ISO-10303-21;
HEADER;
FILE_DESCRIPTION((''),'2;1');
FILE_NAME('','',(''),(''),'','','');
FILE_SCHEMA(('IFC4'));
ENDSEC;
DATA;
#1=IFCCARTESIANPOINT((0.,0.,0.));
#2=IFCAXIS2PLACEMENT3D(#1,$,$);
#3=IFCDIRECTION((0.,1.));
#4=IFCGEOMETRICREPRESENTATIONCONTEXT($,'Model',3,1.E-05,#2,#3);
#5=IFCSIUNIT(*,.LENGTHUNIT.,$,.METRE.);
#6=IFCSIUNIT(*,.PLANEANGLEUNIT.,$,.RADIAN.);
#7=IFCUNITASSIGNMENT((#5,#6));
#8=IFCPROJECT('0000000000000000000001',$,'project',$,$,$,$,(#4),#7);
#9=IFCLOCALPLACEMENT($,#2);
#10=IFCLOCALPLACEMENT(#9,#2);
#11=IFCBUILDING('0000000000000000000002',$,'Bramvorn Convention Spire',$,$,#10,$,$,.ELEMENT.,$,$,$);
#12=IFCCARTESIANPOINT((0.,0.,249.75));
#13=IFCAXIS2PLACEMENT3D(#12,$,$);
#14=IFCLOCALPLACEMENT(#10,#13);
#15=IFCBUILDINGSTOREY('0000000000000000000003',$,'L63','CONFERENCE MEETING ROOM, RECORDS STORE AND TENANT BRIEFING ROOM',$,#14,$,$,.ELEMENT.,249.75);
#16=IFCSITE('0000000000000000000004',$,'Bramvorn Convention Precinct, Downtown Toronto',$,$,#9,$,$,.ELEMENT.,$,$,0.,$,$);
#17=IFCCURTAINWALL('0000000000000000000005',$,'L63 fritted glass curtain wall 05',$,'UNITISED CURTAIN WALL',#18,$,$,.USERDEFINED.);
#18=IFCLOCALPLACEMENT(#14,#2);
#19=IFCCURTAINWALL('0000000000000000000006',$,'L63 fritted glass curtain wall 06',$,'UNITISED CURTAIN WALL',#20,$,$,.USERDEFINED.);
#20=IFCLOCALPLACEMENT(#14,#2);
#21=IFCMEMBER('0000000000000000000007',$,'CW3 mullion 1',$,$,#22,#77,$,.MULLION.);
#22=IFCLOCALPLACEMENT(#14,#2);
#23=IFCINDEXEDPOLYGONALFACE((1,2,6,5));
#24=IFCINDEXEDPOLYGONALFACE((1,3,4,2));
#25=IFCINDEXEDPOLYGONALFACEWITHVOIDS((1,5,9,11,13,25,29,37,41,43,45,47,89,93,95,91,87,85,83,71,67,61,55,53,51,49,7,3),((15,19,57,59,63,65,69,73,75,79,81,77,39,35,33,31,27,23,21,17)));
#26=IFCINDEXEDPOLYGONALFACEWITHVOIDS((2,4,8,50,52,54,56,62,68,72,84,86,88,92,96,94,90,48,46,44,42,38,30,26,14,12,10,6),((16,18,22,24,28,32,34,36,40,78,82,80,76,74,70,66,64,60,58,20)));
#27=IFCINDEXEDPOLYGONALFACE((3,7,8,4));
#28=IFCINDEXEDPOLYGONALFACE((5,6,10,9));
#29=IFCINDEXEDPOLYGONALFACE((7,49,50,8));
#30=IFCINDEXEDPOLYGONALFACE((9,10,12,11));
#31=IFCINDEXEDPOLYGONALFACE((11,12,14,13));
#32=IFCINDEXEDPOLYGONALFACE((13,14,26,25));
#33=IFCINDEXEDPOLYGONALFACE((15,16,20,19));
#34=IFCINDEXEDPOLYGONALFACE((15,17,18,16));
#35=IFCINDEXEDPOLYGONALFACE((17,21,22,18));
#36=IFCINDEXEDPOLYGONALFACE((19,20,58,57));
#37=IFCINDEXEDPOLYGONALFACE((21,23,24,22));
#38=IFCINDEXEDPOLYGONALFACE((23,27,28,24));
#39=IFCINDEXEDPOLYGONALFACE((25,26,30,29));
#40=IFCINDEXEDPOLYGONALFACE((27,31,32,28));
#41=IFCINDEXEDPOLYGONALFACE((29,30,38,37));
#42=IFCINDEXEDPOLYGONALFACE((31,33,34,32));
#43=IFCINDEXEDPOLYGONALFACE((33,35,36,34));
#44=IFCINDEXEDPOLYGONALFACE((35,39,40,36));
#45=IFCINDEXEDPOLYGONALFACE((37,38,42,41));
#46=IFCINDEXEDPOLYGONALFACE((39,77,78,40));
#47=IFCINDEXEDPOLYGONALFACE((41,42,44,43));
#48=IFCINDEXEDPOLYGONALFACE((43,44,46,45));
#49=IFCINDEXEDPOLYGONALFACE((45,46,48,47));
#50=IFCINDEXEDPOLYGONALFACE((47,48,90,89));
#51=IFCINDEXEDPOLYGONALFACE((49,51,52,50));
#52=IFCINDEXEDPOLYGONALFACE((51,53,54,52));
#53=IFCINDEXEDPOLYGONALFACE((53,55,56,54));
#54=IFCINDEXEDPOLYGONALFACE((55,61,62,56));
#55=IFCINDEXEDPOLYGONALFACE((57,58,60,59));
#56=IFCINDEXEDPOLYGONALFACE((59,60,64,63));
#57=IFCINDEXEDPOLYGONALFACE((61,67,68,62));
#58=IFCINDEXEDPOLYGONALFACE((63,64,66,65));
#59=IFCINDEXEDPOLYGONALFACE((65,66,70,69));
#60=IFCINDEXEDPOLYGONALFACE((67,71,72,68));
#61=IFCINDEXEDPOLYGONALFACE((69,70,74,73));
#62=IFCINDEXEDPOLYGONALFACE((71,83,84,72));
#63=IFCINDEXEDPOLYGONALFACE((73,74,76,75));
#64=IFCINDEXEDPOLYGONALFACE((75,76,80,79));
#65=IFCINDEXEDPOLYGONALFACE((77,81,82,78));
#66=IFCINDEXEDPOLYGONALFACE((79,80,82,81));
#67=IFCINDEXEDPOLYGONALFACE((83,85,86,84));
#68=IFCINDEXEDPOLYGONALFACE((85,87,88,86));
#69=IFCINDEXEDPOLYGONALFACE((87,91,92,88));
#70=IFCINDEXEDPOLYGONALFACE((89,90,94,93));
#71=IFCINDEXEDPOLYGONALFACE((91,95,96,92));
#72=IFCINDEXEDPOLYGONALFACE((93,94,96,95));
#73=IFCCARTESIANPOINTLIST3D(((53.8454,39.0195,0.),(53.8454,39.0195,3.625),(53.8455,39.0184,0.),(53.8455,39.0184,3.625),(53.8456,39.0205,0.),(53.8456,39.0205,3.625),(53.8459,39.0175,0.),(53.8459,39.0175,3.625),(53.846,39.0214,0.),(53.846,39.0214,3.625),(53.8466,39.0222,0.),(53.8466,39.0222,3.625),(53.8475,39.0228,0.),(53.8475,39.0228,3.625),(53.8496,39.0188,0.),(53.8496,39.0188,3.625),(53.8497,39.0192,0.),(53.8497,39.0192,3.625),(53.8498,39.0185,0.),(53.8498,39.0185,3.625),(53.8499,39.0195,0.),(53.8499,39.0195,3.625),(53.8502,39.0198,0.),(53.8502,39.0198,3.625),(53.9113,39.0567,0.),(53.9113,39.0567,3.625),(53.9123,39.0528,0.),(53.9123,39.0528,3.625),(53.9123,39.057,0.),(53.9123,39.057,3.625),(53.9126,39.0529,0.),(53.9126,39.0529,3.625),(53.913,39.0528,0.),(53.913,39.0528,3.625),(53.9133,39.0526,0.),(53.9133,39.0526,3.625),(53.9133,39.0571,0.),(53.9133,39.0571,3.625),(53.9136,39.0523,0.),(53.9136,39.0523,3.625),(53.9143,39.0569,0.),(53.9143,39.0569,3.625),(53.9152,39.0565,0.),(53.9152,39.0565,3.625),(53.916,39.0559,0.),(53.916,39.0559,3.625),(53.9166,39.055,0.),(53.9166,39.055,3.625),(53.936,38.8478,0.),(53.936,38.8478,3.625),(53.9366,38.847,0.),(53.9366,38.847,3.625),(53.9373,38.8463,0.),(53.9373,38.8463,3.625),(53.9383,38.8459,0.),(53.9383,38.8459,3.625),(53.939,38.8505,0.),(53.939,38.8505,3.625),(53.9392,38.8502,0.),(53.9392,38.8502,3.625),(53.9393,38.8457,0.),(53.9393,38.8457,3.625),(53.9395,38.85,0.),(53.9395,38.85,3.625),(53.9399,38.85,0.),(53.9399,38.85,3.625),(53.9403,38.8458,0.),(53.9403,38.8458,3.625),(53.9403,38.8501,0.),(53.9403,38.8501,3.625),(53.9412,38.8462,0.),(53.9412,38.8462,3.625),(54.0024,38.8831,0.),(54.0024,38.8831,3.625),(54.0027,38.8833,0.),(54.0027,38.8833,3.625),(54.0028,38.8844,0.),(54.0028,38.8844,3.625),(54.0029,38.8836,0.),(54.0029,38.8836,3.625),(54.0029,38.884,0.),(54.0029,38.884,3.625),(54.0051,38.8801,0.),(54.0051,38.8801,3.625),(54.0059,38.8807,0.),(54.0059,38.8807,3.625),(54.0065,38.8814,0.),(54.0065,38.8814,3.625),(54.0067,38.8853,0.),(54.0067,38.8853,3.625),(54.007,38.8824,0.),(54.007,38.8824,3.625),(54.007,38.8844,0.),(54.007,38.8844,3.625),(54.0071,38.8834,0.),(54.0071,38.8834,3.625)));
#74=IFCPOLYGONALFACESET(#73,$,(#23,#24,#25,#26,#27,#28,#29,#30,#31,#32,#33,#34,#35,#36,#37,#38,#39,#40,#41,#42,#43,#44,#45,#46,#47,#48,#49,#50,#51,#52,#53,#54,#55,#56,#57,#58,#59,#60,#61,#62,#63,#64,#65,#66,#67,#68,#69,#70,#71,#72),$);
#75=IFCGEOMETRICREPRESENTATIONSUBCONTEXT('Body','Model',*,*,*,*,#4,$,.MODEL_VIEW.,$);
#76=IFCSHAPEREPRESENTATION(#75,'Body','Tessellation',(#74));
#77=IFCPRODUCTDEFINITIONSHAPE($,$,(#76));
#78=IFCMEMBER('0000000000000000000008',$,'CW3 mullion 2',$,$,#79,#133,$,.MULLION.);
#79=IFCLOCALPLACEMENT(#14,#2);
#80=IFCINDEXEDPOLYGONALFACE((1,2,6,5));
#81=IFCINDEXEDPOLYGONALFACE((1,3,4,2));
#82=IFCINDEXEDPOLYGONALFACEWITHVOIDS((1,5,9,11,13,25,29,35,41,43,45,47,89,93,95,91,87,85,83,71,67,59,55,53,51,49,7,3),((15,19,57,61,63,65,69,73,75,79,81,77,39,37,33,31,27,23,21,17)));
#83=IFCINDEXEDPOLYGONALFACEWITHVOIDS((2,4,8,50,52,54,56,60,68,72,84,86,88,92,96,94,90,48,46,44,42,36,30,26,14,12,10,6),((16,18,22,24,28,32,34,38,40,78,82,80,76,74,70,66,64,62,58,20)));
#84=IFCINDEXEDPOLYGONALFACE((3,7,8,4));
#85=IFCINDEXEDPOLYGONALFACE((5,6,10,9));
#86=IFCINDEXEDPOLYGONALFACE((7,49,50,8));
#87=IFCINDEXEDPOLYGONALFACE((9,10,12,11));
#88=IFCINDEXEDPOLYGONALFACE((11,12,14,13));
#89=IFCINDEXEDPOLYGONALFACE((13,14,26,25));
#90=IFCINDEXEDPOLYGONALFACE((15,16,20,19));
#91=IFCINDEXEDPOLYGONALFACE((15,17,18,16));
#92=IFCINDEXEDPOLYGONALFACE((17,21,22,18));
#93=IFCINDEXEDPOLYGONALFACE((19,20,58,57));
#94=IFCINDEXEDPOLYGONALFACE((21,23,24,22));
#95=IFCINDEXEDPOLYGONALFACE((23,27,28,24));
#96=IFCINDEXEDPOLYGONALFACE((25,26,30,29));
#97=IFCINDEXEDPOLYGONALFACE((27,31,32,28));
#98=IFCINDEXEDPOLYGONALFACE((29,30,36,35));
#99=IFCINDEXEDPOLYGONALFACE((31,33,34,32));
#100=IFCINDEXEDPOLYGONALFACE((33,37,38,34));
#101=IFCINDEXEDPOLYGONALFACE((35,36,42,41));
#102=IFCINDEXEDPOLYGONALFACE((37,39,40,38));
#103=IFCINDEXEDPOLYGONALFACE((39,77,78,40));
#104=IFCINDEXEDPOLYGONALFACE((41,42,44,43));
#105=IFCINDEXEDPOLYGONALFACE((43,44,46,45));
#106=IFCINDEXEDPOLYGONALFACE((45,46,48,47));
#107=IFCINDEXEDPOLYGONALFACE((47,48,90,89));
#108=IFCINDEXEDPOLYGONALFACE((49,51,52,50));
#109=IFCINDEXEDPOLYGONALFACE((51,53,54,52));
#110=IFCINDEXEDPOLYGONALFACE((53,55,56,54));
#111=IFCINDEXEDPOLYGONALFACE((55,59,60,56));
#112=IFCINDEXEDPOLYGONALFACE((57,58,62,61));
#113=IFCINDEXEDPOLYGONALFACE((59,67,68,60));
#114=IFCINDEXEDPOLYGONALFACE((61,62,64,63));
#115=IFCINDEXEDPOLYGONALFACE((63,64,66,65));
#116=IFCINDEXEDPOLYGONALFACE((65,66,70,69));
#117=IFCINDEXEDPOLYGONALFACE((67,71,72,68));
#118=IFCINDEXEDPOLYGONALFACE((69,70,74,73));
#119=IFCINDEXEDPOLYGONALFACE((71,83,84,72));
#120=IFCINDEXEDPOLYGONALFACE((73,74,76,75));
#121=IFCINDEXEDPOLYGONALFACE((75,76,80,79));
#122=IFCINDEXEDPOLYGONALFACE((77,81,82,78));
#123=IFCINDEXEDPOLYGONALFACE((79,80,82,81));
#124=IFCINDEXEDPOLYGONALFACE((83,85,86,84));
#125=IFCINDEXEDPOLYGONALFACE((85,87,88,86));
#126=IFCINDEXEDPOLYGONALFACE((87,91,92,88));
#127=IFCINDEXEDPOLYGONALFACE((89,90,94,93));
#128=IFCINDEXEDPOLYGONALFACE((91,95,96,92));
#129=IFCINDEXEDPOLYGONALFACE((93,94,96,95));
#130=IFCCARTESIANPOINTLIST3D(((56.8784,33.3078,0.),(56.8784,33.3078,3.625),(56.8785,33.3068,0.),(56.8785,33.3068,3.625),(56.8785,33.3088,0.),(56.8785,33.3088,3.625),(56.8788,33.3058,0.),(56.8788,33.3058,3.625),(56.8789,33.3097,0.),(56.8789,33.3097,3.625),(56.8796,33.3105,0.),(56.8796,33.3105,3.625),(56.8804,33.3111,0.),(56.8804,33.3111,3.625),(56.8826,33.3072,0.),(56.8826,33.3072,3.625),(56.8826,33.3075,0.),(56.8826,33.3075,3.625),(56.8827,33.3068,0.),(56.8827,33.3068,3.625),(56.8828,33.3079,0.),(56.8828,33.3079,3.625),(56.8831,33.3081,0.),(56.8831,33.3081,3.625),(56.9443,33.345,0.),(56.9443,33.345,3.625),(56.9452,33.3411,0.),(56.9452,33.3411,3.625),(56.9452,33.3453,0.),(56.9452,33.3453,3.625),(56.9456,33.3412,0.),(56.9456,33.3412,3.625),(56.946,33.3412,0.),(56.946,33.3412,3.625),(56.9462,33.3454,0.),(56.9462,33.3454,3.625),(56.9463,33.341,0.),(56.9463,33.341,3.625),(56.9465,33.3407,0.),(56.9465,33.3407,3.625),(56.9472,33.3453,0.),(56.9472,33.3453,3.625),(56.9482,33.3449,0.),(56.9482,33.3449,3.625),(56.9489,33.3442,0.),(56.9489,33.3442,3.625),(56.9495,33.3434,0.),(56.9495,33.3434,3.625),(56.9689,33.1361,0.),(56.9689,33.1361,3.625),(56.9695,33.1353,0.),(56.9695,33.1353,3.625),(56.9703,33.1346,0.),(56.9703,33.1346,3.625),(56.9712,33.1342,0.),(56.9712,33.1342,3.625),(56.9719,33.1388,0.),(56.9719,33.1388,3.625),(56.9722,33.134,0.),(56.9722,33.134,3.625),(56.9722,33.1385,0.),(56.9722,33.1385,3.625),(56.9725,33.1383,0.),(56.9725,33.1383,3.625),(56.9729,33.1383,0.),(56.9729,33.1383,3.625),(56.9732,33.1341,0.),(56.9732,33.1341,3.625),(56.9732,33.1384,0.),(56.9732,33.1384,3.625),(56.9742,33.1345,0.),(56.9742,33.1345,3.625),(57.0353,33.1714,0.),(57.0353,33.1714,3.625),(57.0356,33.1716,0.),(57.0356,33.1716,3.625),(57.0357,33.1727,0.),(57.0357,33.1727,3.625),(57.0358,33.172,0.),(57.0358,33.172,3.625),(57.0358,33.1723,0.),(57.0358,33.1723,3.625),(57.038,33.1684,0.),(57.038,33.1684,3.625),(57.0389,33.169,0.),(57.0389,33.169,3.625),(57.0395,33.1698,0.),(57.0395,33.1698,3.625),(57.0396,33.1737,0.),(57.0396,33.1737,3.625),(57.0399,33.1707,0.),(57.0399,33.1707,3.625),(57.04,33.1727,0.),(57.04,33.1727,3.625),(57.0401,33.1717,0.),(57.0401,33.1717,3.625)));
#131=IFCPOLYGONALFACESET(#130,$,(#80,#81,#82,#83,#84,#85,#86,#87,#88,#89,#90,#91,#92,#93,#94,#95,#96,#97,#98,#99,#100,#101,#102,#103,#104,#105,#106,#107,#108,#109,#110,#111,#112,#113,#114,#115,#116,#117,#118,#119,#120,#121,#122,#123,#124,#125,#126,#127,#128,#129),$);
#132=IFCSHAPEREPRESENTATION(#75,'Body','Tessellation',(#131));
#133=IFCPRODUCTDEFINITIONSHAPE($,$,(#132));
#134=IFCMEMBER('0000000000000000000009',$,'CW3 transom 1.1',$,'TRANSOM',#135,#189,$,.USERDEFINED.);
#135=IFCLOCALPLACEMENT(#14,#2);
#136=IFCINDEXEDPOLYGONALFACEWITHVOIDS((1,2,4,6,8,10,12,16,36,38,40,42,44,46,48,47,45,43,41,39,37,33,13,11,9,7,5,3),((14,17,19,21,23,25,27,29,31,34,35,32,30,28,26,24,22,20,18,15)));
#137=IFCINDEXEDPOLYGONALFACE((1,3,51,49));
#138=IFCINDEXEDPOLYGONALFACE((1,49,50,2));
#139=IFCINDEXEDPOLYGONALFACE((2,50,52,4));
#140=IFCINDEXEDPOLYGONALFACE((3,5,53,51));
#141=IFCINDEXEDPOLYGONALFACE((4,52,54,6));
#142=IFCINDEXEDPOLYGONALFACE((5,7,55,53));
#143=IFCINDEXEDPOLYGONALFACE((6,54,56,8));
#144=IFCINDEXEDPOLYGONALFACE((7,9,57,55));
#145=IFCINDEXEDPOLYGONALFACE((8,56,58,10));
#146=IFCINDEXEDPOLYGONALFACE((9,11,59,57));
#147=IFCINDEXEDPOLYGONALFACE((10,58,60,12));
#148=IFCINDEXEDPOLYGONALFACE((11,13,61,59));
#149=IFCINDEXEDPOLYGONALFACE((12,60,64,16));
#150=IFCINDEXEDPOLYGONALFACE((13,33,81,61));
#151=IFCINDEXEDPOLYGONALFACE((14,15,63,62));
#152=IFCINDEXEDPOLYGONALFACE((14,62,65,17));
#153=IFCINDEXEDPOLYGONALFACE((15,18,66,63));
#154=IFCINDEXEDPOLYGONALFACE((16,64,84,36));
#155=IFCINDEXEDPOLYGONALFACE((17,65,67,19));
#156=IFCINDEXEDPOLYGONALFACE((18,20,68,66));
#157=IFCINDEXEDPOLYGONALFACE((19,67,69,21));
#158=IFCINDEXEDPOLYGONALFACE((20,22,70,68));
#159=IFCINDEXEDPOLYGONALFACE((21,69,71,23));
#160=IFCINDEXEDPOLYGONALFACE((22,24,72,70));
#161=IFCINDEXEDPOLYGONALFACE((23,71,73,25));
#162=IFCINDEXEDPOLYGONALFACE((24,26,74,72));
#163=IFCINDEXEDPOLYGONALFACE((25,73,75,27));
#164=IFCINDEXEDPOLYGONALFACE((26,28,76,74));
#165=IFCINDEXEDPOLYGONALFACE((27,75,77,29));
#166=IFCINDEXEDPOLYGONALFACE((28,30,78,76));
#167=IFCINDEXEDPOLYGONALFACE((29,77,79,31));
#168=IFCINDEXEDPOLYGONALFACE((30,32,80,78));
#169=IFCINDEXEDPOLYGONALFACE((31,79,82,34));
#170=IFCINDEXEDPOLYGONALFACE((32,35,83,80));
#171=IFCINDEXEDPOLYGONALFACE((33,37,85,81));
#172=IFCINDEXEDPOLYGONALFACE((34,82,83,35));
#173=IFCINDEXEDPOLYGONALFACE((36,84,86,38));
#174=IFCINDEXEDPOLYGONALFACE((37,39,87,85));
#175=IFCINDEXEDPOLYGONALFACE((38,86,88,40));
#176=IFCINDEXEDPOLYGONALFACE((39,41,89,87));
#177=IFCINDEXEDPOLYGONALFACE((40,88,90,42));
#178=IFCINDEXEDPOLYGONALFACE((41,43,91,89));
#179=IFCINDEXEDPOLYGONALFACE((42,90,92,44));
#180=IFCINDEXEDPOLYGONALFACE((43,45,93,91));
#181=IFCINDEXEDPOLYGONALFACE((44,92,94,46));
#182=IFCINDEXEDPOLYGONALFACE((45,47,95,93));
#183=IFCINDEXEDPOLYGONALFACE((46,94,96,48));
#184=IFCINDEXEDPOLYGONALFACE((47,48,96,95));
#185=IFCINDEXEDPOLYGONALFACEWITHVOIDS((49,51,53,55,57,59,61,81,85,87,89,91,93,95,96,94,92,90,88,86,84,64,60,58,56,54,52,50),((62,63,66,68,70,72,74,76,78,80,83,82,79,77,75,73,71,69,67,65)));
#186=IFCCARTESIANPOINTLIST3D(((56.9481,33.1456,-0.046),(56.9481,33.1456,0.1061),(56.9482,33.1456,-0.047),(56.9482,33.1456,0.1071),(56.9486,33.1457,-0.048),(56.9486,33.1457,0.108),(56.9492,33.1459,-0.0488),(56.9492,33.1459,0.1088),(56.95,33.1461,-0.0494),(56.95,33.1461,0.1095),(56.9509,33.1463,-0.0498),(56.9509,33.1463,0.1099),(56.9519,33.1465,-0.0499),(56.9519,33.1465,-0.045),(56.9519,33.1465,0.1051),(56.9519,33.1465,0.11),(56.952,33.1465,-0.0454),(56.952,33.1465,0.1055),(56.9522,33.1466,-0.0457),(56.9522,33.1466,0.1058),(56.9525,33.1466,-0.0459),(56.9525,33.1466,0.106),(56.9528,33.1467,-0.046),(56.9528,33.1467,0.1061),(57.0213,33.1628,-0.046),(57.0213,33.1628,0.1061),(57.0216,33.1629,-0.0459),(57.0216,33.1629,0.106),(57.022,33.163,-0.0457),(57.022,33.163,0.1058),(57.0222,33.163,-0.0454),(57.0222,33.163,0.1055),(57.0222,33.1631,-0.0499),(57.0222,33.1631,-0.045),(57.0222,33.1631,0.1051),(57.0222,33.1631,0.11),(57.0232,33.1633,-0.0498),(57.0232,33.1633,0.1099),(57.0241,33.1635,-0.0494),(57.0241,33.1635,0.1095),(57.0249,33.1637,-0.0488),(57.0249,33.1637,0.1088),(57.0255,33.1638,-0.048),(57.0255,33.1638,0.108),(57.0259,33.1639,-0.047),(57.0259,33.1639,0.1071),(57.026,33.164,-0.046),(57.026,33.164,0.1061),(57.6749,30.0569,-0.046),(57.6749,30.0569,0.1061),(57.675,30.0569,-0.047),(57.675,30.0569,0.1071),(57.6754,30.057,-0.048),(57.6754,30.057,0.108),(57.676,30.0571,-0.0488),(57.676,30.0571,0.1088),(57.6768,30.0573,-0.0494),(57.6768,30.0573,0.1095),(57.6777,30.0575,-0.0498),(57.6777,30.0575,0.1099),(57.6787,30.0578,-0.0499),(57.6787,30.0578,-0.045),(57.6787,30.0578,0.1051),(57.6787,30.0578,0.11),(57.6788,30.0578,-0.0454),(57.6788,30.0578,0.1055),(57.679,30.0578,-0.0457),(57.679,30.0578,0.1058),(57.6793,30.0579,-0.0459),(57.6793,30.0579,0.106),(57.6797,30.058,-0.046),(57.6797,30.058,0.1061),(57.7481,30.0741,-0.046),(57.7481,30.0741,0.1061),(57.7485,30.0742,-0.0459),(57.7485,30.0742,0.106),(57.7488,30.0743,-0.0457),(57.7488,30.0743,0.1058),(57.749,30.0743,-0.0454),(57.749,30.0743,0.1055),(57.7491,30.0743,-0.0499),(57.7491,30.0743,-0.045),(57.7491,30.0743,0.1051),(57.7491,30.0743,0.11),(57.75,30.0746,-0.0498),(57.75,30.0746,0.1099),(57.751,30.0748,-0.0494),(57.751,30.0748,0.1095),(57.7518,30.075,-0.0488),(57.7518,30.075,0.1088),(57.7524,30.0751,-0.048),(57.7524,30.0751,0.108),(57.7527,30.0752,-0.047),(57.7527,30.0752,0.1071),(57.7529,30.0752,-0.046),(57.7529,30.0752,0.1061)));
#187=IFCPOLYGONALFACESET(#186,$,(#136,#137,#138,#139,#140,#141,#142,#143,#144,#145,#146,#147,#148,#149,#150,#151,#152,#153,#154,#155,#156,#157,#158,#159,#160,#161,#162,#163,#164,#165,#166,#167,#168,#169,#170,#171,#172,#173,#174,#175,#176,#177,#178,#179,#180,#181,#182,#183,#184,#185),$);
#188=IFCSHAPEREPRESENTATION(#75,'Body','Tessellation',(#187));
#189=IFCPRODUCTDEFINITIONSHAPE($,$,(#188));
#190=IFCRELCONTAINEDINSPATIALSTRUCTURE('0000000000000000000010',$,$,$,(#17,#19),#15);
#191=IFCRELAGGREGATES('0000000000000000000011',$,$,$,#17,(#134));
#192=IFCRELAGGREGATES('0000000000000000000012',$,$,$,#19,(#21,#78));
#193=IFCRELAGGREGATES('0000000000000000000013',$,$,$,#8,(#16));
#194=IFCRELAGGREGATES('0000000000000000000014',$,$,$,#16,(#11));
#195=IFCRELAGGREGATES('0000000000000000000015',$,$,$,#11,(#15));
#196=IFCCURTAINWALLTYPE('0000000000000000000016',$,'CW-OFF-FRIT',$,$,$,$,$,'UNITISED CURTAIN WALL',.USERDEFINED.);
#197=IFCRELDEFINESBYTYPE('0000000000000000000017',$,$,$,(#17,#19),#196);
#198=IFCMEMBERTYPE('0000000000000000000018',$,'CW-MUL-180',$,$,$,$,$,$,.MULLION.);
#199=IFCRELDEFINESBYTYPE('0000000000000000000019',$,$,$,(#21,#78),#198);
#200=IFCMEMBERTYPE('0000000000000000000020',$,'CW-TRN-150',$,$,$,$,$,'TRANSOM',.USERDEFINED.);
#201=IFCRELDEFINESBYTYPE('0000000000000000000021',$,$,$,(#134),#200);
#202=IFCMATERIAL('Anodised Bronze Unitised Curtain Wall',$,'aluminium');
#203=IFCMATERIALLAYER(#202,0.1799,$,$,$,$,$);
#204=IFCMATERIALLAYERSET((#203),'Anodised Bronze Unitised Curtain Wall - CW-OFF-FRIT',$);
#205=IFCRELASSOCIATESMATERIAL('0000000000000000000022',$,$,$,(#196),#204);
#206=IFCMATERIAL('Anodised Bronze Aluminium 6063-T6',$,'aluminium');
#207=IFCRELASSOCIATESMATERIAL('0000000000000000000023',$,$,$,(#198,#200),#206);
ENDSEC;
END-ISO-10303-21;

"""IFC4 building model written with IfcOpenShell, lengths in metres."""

from ifc_helpers import new_model, si_unit, direction, frame, origin, origin_2d, place, context, subcontext, project, spatial, hollow_rectangle, extrude, material, layer, layer_set, material_profile, profile_set, type_object, element, aggregate, save


model = new_model("IFC4")

# Units and contexts
model_context = context("Model", 3, precision=1e-05, world=origin(), true_north=direction((0.0, 1.0)))
body_context = subcontext(model_context, "Body", "Model", "MODEL_VIEW")
ifc_project = project(units=[si_unit("LENGTHUNIT", "METRE"), si_unit("PLANEANGLEUNIT", "RADIAN")], contexts=[model_context])

# Site, building, storey
site_placement = place(None, origin())
site = spatial("IfcSite", under=ifc_project, at=site_placement, Name="Bramvorn Convention Precinct, Downtown Toronto", CompositionType="ELEMENT", RefElevation=0.0)
building_placement = place(site_placement, origin())
building = spatial("IfcBuilding", under=site, at=building_placement, Name="Bramvorn Convention Spire", CompositionType="ELEMENT")
storey_placement = place(building_placement, frame((0.0, 0.0, 249.75)))
storey = spatial("IfcBuildingStorey", under=building, at=storey_placement, Name="L63", Description="CONFERENCE MEETING ROOM, RECORDS STORE AND TENANT BRIEFING ROOM", CompositionType="ELEMENT", Elevation=249.75)

# Curtain wall
ifc_material_1 = material(Name="Anodised Bronze Unitised Curtain Wall", Category="aluminium")
ifc_layer_1 = layer(ifc_material_1, 0.1799)
ifc_layer_set_1 = layer_set([ifc_layer_1], Name="Anodised Bronze Unitised Curtain Wall - CW-OFF-FRIT")
curtain_wall_type = type_object("IfcCurtainWallType", Name="CW-OFF-FRIT", ElementType="UNITISED CURTAIN WALL", PredefinedType="USERDEFINED", material=ifc_layer_set_1)
curtain_wall_1_placement = place(storey_placement, origin())
curtain_wall_1 = element("IfcCurtainWall", 1, at=curtain_wall_1_placement, inside=storey, type_object=curtain_wall_type, Name="L63 fritted glass curtain wall 05", ObjectType="UNITISED CURTAIN WALL", PredefinedType="USERDEFINED")
ifc_material_2 = material(Name="Anodised Bronze Aluminium 6063-T6", Category="aluminium")
ifc_material_profile_1 = material_profile(ifc_material_2, hollow_rectangle(XDim=0.0801, YDim=0.2, WallThickness=0.0039, InnerFilletRadius=0.001, OuterFilletRadius=0.0039, at=origin_2d()))
ifc_profile_set_1 = profile_set([ifc_material_profile_1], Name="Anodised Bronze Aluminium 6063-T6 - CWM80X200")
member_type_1 = type_object("IfcMemberType", Name="CW-MUL-180", PredefinedType="MULLION", material=ifc_profile_set_1)

# Curtain wall, members
curtain_wall_2_placement = place(storey_placement, origin())
curtain_wall_2 = element("IfcCurtainWall", 2, at=curtain_wall_2_placement, inside=storey, type_object=curtain_wall_type, Name="L63 fritted glass curtain wall 06", ObjectType="UNITISED CURTAIN WALL", PredefinedType="USERDEFINED")
member_1_placement = place(storey_placement, frame((53.9263, 38.9514, 0.0), z_axis=(0.0, 0.0, 1.0), x_axis=(0.883204, 0.468988, 0.0)))
member_1 = element("IfcMember", 3, at=member_1_placement, type_object=member_type_1, Name="CW3 mullion 1", PredefinedType="MULLION", context=body_context, shape_type="SweptSolid", body=[
    extrude(hollow_rectangle(XDim=0.0801, YDim=0.2, WallThickness=0.0039, InnerFilletRadius=0.001, OuterFilletRadius=0.0039, at=origin_2d()), origin(), (0.0, 0.0, 1.0), 3.625),
])
member_2_placement = place(storey_placement, frame((56.9592, 33.2397, 0.0), z_axis=(0.0, 0.0, 1.0), x_axis=(0.883204, 0.468988, 0.0)))
member_2 = element("IfcMember", 4, at=member_2_placement, type_object=member_type_1, Name="CW3 mullion 2", PredefinedType="MULLION", context=body_context, shape_type="SweptSolid", body=[
    extrude(hollow_rectangle(XDim=0.0801, YDim=0.2, WallThickness=0.0039, InnerFilletRadius=0.001, OuterFilletRadius=0.0039, at=origin_2d()), origin(), (0.0, 0.0, 1.0), 3.625),
])

# Member
ifc_material_profile_2 = material_profile(ifc_material_2, hollow_rectangle(XDim=0.0801, YDim=0.1599, WallThickness=0.0039, InnerFilletRadius=0.001, OuterFilletRadius=0.0039, at=origin_2d()))
ifc_profile_set_2 = profile_set([ifc_material_profile_2], Name="Anodised Bronze Aluminium 6063-T6 - CWT80X160")
member_type_2 = type_object("IfcMemberType", Name="CW-TRN-150", ElementType="TRANSOM", PredefinedType="USERDEFINED", material=ifc_profile_set_2)
member_3_placement = place(storey_placement, frame((56.9871, 33.1548, 0.03), z_axis=(0.229061, -0.973412, 0.0), x_axis=(0.973412, 0.229061, 0.0)))
member_3 = element("IfcMember", 5, at=member_3_placement, type_object=member_type_2, Name="CW3 transom 1.1", ObjectType="TRANSOM", PredefinedType="USERDEFINED", context=body_context, shape_type="SweptSolid", body=[
    extrude(hollow_rectangle(XDim=0.0801, YDim=0.1599, WallThickness=0.0039, InnerFilletRadius=0.001, OuterFilletRadius=0.0039, at=origin_2d()), origin(), (0.0, 0.0, 1.0), 3.1731),
])

aggregate(curtain_wall_1, [member_3])
aggregate(curtain_wall_2, [member_1, member_2])

save(model, "model.ifc")
